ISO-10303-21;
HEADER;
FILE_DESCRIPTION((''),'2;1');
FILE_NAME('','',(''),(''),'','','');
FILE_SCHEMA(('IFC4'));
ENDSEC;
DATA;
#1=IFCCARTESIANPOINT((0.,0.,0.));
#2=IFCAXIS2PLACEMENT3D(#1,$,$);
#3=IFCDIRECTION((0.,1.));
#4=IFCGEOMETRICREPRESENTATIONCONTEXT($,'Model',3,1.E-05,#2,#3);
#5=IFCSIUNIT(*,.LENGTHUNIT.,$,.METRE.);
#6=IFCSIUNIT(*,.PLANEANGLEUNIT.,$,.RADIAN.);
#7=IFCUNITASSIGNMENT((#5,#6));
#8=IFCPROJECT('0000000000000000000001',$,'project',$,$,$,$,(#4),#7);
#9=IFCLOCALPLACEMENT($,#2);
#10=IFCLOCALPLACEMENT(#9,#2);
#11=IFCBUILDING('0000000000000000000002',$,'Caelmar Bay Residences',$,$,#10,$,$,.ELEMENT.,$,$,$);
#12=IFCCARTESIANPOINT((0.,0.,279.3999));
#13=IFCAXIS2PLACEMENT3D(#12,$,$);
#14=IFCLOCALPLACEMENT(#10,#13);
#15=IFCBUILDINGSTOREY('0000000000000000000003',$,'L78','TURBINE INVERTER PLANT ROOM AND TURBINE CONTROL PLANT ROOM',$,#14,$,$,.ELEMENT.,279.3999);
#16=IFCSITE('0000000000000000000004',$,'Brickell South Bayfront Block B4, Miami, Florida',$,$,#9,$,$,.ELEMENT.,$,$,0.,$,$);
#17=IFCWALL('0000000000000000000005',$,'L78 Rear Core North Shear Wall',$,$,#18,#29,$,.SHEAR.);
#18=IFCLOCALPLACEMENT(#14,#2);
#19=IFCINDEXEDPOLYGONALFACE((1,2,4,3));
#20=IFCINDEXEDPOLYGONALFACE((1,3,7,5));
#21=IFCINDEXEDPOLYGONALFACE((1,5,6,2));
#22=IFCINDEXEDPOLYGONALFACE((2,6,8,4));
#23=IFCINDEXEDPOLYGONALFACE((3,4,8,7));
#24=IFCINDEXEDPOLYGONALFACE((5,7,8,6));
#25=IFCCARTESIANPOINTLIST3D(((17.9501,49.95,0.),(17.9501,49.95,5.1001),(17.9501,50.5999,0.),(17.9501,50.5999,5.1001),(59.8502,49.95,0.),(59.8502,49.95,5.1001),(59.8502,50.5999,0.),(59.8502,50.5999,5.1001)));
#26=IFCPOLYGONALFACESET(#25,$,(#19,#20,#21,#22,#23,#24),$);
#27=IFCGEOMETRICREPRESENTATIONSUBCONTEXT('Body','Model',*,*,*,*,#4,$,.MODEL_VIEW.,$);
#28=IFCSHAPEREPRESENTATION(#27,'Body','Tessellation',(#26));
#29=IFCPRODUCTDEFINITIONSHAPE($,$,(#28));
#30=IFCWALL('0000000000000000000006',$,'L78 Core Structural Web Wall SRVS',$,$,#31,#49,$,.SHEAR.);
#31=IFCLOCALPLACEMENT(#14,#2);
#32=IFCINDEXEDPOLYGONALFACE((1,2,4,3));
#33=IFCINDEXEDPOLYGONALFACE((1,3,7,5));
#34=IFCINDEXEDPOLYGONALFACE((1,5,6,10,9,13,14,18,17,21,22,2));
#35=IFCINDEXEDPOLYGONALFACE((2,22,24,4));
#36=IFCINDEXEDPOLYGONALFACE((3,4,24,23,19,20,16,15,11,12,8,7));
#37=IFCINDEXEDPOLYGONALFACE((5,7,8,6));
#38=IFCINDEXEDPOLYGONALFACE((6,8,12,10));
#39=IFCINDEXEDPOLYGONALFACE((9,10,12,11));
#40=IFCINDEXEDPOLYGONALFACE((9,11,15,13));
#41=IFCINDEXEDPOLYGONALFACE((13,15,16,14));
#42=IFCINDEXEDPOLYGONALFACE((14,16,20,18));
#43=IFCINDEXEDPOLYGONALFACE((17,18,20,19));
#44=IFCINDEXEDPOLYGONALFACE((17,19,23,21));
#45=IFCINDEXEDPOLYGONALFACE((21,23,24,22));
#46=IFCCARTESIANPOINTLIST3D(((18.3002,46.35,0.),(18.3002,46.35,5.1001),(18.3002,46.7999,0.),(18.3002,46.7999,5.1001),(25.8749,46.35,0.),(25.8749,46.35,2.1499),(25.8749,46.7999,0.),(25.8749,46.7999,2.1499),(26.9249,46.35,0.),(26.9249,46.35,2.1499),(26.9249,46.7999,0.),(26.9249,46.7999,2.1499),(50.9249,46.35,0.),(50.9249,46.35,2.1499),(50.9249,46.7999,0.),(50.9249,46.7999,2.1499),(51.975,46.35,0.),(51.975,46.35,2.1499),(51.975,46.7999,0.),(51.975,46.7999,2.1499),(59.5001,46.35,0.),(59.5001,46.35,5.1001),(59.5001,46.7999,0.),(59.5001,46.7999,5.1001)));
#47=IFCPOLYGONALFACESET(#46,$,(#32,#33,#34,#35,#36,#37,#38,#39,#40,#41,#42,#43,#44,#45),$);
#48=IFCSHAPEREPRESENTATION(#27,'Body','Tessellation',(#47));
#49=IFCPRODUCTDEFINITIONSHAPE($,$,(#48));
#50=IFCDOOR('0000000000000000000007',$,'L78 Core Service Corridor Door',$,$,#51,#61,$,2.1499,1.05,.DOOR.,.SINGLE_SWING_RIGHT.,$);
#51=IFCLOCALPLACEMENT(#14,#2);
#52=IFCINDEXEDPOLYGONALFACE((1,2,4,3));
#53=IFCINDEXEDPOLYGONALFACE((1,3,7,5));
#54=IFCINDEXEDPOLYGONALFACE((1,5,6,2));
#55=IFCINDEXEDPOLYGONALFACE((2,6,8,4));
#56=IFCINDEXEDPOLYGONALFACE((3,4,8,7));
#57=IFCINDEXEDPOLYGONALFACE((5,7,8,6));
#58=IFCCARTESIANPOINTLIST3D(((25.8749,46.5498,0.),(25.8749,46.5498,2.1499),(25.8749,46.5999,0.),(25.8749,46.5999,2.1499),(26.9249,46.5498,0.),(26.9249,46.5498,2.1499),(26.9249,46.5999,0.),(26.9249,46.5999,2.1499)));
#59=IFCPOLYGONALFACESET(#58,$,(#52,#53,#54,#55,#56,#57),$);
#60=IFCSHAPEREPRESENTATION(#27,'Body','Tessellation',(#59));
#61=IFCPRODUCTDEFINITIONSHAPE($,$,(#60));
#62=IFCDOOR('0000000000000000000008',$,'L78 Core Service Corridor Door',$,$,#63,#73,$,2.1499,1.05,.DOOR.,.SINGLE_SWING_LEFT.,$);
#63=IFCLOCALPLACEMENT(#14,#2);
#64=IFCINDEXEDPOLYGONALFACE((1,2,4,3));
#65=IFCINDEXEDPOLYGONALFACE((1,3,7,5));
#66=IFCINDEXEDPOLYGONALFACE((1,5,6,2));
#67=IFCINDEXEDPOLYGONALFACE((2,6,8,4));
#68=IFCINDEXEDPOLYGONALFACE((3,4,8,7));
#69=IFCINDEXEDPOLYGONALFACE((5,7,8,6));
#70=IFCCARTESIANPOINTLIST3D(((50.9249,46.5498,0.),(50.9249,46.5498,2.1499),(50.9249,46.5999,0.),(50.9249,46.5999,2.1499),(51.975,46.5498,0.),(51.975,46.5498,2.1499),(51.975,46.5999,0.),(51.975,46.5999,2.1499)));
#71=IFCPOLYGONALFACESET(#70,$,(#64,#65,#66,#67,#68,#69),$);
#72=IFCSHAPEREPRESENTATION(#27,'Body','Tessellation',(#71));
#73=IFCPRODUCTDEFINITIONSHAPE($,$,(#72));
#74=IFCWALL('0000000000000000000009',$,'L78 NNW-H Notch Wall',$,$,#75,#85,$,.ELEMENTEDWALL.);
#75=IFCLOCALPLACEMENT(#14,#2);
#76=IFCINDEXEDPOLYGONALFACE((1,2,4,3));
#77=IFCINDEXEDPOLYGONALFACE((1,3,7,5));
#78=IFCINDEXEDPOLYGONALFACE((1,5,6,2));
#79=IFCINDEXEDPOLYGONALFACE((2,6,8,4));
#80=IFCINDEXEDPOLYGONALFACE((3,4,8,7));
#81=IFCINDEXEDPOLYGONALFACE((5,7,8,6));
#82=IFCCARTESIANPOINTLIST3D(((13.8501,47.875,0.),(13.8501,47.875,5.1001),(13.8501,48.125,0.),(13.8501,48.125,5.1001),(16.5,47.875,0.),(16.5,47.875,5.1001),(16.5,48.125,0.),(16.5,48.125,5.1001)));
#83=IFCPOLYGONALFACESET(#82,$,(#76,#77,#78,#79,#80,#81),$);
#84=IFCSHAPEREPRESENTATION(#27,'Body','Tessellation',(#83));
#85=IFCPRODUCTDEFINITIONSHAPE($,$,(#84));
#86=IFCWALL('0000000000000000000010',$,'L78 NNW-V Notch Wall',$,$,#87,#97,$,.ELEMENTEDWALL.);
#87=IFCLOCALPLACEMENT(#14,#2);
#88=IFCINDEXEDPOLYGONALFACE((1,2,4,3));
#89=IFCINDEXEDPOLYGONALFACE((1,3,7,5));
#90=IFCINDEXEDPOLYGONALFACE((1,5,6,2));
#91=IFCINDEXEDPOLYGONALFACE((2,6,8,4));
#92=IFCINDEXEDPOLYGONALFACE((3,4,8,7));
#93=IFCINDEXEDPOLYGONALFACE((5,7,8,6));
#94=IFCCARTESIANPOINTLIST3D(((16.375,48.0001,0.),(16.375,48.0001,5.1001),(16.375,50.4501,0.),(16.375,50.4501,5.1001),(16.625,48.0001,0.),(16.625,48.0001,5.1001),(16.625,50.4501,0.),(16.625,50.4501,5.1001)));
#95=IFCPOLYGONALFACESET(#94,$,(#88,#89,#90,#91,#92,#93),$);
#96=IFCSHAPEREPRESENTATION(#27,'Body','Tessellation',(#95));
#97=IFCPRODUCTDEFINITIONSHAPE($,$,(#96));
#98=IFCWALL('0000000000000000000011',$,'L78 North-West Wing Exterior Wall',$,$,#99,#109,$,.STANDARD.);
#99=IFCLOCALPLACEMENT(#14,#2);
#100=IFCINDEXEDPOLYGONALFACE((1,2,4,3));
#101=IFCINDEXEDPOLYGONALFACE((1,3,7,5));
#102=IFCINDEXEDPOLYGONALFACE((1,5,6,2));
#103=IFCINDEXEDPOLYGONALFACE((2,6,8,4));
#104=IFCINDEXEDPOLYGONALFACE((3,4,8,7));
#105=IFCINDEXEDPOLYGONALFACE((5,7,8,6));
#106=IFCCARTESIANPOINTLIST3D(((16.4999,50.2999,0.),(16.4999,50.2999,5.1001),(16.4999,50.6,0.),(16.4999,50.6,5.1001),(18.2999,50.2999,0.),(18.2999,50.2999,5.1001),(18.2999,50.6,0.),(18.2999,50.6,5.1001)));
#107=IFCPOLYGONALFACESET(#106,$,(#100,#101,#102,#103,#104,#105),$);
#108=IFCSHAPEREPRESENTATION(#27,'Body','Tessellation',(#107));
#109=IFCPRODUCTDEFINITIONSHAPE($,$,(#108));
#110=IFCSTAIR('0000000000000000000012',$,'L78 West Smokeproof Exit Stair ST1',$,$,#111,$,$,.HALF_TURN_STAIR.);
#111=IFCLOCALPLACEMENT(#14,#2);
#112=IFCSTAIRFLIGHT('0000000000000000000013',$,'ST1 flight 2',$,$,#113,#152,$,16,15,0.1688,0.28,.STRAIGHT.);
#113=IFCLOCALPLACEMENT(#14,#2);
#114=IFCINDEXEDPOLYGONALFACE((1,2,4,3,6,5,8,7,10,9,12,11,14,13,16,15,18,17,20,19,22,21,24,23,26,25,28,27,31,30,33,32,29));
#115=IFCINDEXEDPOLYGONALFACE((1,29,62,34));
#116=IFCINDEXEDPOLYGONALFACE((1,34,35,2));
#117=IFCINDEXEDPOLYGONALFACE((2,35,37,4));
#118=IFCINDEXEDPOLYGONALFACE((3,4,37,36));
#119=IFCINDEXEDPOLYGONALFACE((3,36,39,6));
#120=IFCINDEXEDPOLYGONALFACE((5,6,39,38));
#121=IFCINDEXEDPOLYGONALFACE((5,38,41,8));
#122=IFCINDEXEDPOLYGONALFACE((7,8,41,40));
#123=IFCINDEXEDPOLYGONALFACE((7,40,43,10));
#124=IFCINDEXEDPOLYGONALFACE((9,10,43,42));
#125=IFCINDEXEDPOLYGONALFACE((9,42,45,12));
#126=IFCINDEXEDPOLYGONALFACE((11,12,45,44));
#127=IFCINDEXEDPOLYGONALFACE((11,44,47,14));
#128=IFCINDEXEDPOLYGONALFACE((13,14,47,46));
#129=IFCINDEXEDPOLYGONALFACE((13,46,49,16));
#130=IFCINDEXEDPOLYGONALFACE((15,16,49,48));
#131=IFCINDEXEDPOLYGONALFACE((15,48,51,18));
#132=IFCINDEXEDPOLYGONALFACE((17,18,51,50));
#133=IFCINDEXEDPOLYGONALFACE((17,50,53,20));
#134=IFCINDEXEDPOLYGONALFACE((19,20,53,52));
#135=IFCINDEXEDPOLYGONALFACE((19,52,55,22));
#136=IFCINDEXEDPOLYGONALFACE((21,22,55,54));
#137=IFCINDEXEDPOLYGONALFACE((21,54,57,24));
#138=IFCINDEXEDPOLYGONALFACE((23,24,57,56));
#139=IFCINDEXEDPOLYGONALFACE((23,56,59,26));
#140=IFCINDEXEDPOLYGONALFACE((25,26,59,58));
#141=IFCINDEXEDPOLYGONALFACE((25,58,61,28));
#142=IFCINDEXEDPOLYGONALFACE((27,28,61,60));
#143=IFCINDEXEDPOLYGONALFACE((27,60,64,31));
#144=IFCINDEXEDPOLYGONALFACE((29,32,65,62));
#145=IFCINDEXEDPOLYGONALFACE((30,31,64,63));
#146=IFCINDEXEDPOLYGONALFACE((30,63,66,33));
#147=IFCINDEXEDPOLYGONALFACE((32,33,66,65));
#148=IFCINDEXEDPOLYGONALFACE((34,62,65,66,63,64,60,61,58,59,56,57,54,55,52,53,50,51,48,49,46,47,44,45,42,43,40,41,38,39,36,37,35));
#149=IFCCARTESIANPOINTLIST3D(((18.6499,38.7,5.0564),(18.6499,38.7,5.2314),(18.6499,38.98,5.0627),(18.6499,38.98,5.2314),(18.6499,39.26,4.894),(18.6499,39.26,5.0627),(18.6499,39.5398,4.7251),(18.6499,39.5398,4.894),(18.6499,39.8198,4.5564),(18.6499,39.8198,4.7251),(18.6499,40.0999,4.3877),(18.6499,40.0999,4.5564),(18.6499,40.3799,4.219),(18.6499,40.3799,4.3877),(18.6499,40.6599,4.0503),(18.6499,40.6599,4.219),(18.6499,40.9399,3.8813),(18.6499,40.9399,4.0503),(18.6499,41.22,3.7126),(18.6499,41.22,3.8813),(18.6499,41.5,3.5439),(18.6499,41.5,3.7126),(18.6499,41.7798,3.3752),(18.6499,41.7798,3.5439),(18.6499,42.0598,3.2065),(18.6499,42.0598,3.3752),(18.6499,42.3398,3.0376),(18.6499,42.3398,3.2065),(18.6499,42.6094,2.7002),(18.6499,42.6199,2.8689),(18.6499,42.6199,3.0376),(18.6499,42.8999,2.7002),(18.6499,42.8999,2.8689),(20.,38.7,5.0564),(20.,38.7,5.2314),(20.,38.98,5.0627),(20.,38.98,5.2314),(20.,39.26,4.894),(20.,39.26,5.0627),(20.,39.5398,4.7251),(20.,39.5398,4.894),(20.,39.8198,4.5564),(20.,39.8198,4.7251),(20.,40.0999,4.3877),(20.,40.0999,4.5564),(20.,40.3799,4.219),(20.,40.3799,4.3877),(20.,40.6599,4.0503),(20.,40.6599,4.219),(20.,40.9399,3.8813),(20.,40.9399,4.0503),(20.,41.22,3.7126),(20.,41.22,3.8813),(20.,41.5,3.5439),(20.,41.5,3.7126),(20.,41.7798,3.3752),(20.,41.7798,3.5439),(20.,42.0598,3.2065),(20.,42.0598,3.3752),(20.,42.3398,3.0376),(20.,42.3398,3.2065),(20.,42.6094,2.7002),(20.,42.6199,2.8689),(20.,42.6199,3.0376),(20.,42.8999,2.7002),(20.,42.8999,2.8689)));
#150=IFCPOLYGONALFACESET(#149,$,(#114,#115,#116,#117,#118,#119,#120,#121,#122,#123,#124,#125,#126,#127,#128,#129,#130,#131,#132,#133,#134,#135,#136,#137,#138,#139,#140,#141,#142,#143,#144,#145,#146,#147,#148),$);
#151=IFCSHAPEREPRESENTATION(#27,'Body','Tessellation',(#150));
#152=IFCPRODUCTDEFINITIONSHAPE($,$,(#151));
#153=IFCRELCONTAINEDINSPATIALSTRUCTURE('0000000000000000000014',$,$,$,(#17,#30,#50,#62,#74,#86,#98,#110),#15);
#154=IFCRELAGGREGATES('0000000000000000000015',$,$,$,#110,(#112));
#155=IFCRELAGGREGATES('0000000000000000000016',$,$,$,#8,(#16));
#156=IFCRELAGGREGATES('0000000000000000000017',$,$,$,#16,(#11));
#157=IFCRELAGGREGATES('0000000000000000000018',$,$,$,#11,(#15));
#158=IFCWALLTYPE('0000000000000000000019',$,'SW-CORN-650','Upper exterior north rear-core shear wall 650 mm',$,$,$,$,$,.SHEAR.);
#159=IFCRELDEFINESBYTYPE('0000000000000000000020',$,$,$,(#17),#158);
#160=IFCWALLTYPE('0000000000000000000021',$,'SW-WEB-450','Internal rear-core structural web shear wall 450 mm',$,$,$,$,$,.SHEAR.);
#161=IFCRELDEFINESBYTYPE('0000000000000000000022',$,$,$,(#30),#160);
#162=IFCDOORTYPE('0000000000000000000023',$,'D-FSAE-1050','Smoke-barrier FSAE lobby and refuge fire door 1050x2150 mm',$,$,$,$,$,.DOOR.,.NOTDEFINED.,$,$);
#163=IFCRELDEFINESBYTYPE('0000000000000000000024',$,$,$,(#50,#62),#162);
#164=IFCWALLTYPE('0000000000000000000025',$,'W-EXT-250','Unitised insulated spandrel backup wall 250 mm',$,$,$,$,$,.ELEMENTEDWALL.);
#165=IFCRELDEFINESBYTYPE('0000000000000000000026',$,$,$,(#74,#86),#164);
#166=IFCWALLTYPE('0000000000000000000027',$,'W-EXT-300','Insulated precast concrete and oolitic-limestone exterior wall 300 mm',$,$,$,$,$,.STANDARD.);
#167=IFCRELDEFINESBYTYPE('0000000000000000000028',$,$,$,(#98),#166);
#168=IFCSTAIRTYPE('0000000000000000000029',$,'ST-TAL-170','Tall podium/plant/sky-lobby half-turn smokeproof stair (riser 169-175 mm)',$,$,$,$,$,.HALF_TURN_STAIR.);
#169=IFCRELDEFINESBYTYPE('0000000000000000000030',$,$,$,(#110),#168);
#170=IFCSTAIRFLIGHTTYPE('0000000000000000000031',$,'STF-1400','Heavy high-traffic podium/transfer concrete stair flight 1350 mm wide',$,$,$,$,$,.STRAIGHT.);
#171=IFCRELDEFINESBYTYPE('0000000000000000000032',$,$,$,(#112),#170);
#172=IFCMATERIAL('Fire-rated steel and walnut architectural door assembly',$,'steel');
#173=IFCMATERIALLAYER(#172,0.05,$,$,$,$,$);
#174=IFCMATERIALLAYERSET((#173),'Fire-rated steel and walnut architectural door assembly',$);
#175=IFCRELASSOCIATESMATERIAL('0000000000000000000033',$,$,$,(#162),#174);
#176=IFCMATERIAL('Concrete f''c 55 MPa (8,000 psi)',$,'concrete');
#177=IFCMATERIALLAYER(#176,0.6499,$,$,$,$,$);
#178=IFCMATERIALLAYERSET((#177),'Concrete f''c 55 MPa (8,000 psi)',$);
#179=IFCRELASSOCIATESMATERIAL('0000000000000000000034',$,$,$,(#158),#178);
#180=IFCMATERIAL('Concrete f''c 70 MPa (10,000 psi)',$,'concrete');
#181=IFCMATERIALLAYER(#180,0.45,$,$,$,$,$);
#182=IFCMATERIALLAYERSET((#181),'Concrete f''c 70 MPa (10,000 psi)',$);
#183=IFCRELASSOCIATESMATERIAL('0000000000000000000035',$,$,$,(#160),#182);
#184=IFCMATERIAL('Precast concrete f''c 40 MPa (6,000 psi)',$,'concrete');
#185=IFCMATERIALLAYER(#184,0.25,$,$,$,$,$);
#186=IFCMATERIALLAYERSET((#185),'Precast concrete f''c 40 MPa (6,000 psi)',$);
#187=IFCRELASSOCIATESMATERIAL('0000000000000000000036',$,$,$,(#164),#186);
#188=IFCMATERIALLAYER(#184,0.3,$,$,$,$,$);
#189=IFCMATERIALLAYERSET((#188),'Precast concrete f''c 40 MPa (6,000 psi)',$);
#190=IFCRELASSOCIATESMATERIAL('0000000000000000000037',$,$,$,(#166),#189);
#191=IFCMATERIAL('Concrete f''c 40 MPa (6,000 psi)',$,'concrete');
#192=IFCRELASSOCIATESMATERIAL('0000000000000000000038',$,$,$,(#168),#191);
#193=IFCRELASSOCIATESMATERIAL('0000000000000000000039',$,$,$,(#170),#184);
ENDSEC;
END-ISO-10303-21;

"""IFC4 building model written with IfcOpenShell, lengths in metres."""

from ifc_helpers import new_model, si_unit, direction, frame, frame_2d, origin, place, context, subcontext, project, spatial, polyline, rectangle, outline, extrude, material, layer, layer_set, type_object, element, fill, aggregate, save


model = new_model("IFC4")

# Units and contexts
model_context = context("Model", 3, precision=1e-05, world=origin(), true_north=direction((0.0, 1.0)))
body_context = subcontext(model_context, "Body", "Model", "MODEL_VIEW")
ifc_project = project(units=[si_unit("LENGTHUNIT", "METRE"), si_unit("PLANEANGLEUNIT", "RADIAN")], contexts=[model_context])

# Site, building, storey
site_placement = place(None, origin())
site = spatial("IfcSite", under=ifc_project, at=site_placement, Name="Brickell South Bayfront Block B4, Miami, Florida", CompositionType="ELEMENT", RefElevation=0.0)
building_placement = place(site_placement, origin())
building = spatial("IfcBuilding", under=site, at=building_placement, Name="Caelmar Bay Residences", CompositionType="ELEMENT")
storey_placement = place(building_placement, frame((0.0, 0.0, 279.3999)))
storey = spatial("IfcBuildingStorey", under=building, at=storey_placement, Name="L78", Description="TURBINE INVERTER PLANT ROOM AND TURBINE CONTROL PLANT ROOM", CompositionType="ELEMENT", Elevation=279.3999)

# Shared definitions
ifc_material_1 = material(Name="Concrete f'c 55 MPa (8,000 psi)", Category="concrete")
ifc_material_2 = material(Name="Fire-rated steel and walnut architectural door assembly", Category="steel")
ifc_layer_1 = layer(ifc_material_2, 0.05)
ifc_layer_set_1 = layer_set([ifc_layer_1], Name="Fire-rated steel and walnut architectural door assembly")
door_type_1 = type_object("IfcDoorType", Name="D-FSAE-1050", Description="Smoke-barrier FSAE lobby and refuge fire door 1050x2150 mm", OperationType="NOTDEFINED", PredefinedType="DOOR", material=ifc_layer_set_1)

# Wall
ifc_layer_2 = layer(ifc_material_1, 0.6499)
ifc_layer_set_2 = layer_set([ifc_layer_2], Name="Concrete f'c 55 MPa (8,000 psi)")
wall_type_1 = type_object("IfcWallType", Name="SW-CORN-650", Description="Upper exterior north rear-core shear wall 650 mm", PredefinedType="SHEAR", material=ifc_layer_set_2)
wall_1_placement = place(storey_placement, frame((17.95, 50.2749, 0.0), z_axis=(0.0, 0.0, 1.0), x_axis=(1.0, 0.0, 0.0)))
element("IfcWall", 1, at=wall_1_placement, inside=storey, type_object=wall_type_1, Name="L78 Rear Core North Shear Wall", PredefinedType="SHEAR", context=body_context, shape_type="SweptSolid", body=[
    extrude(rectangle(XDim=41.9001, YDim=0.6499, at=frame_2d((20.9502, 0.0))), origin(), (0.0, 0.0, 1.0), 5.1001),
])

# Wall, openings, doors
ifc_material_3 = material(Name="Concrete f'c 70 MPa (10,000 psi)", Category="concrete")
ifc_layer_3 = layer(ifc_material_3, 0.45)
ifc_layer_set_3 = layer_set([ifc_layer_3], Name="Concrete f'c 70 MPa (10,000 psi)")
wall_type_2 = type_object("IfcWallType", Name="SW-WEB-450", Description="Internal rear-core structural web shear wall 450 mm", PredefinedType="SHEAR", material=ifc_layer_set_3)
wall_2_placement = place(storey_placement, frame((18.3, 46.575, 0.0), z_axis=(0.0, 0.0, 1.0), x_axis=(1.0, 0.0, 0.0)))
wall_2 = element("IfcWall", 2, at=wall_2_placement, inside=storey, type_object=wall_type_2, Name="L78 Core Structural Web Wall SRVS", PredefinedType="SHEAR", context=body_context, shape_type="SweptSolid", body=[
    extrude(rectangle(XDim=41.2, YDim=0.45, at=frame_2d((20.6001, 0.0))), origin(), (0.0, 0.0, 1.0), 5.1001),
])
opening_1_placement = place(wall_2_placement, frame((7.575, 0.0, 0.0)))
opening_1 = element("IfcOpeningElement", 3, at=opening_1_placement, cuts=wall_2, PredefinedType="OPENING", context=body_context, shape_type="SweptSolid", body=[
    extrude(rectangle(XDim=1.05, YDim=2.1499, at=frame_2d((0.5249, 1.075))), frame((0.0, 0.2349, 0.0), z_axis=(0.0, -1.0, 0.0), x_axis=(1.0, 0.0, 0.0)), (0.0, 0.0, 1.0), 0.47),
])
opening_2_placement = place(wall_2_placement, frame((32.625, 0.0, 0.0)))
opening_2 = element("IfcOpeningElement", 4, at=opening_2_placement, cuts=wall_2, PredefinedType="OPENING", context=body_context, shape_type="SweptSolid", body=[
    extrude(rectangle(XDim=1.05, YDim=2.1499, at=frame_2d((0.5249, 1.075))), frame((0.0, 0.2349, 0.0), z_axis=(0.0, -1.0, 0.0), x_axis=(1.0, 0.0, 0.0)), (0.0, 0.0, 1.0), 0.47),
])
door_1_placement = place(opening_1_placement, origin())
door_1 = element("IfcDoor", 5, at=door_1_placement, inside=storey, type_object=door_type_1, Name="L78 Core Service Corridor Door", OperationType="SINGLE_SWING_RIGHT", OverallHeight=2.1499, OverallWidth=1.05, PredefinedType="DOOR", context=body_context, shape_type="SweptSolid", body=[
    extrude(rectangle(XDim=1.05, YDim=2.1499, at=frame_2d((0.5249, 1.075))), frame((0.0, 0.0249, 0.0), z_axis=(0.0, -1.0, 0.0), x_axis=(1.0, 0.0, 0.0)), (0.0, 0.0, 1.0), 0.05),
])
fill(opening_1, door_1)
door_2_placement = place(opening_2_placement, origin())
door_2 = element("IfcDoor", 6, at=door_2_placement, inside=storey, type_object=door_type_1, Name="L78 Core Service Corridor Door", OperationType="SINGLE_SWING_LEFT", OverallHeight=2.1499, OverallWidth=1.05, PredefinedType="DOOR", context=body_context, shape_type="SweptSolid", body=[
    extrude(rectangle(XDim=1.05, YDim=2.1499, at=frame_2d((0.5249, 1.075))), frame((0.0, 0.0249, 0.0), z_axis=(0.0, -1.0, 0.0), x_axis=(1.0, 0.0, 0.0)), (0.0, 0.0, 1.0), 0.05),
])
fill(opening_2, door_2)

# Walls
ifc_material_4 = material(Name="Precast concrete f'c 40 MPa (6,000 psi)", Category="concrete")
ifc_layer_4 = layer(ifc_material_4, 0.25)
ifc_layer_set_4 = layer_set([ifc_layer_4], Name="Precast concrete f'c 40 MPa (6,000 psi)")
wall_type_3 = type_object("IfcWallType", Name="W-EXT-250", Description="Unitised insulated spandrel backup wall 250 mm", PredefinedType="ELEMENTEDWALL", material=ifc_layer_set_4)
wall_3_placement = place(storey_placement, frame((13.8501, 48.0, 0.0), z_axis=(0.0, 0.0, 1.0), x_axis=(1.0, 0.0, 0.0)))
element("IfcWall", 7, at=wall_3_placement, inside=storey, type_object=wall_type_3, Name="L78 NNW-H Notch Wall", PredefinedType="ELEMENTEDWALL", context=body_context, shape_type="SweptSolid", body=[
    extrude(rectangle(XDim=2.6499, YDim=0.25, at=frame_2d((1.325, 0.0))), origin(), (0.0, 0.0, 1.0), 5.1001),
])
wall_4_placement = place(storey_placement, frame((16.5, 48.0, 0.0), z_axis=(0.0, 0.0, 1.0), x_axis=(0.0, 1.0, 0.0)))
element("IfcWall", 8, at=wall_4_placement, inside=storey, type_object=wall_type_3, Name="L78 NNW-V Notch Wall", PredefinedType="ELEMENTEDWALL", context=body_context, shape_type="SweptSolid", body=[
    extrude(rectangle(XDim=2.45, YDim=0.25, at=frame_2d((1.2251, 0.0))), origin(), (0.0, 0.0, 1.0), 5.1001),
])
ifc_layer_5 = layer(ifc_material_4, 0.3)
ifc_layer_set_5 = layer_set([ifc_layer_5], Name="Precast concrete f'c 40 MPa (6,000 psi)")
wall_type_4 = type_object("IfcWallType", Name="W-EXT-300", Description="Insulated precast concrete and oolitic-limestone exterior wall 300 mm", PredefinedType="STANDARD", material=ifc_layer_set_5)
wall_5_placement = place(storey_placement, frame((16.5, 50.45, 0.0), z_axis=(0.0, 0.0, 1.0), x_axis=(1.0, 0.0, 0.0)))
element("IfcWall", 9, at=wall_5_placement, inside=storey, type_object=wall_type_4, Name="L78 North-West Wing Exterior Wall", PredefinedType="STANDARD", context=body_context, shape_type="SweptSolid", body=[
    extrude(rectangle(XDim=1.8, YDim=0.3, at=frame_2d((0.8999, 0.0))), origin(), (0.0, 0.0, 1.0), 5.1001),
])

# Stair, stair flight
ifc_material_5 = material(Name="Concrete f'c 40 MPa (6,000 psi)", Category="concrete")
stair_type = type_object("IfcStairType", Name="ST-TAL-170", Description="Tall podium/plant/sky-lobby half-turn smokeproof stair (riser 169-175 mm)", PredefinedType="HALF_TURN_STAIR", material=ifc_material_5)
stair_placement = place(storey_placement, origin())
stair = element("IfcStair", 10, at=stair_placement, inside=storey, type_object=stair_type, Name="L78 West Smokeproof Exit Stair ST1", PredefinedType="HALF_TURN_STAIR")
stair_flight_type = type_object("IfcStairFlightType", Name="STF-1400", Description="Heavy high-traffic podium/transfer concrete stair flight 1350 mm wide", PredefinedType="STRAIGHT", material=ifc_material_4)
stair_flight_placement = place(storey_placement, frame((19.325, 42.8999, 2.7002), z_axis=(0.0, 0.0, 1.0), x_axis=(0.0, -1.0, 0.0)))
stair_flight = element("IfcStairFlight", 11, at=stair_flight_placement, type_object=stair_flight_type, Name="ST1 flight 2", NumberOfRisers=16, NumberOfTreads=15, PredefinedType="STRAIGHT", RiserHeight=0.1688, TreadLength=0.28, context=body_context, shape_type="SweptSolid", body=[
    extrude(outline(polyline([(0.0, 0.0), (0.0, 0.1687), (0.28, 0.1687), (0.28, 0.3374), (0.5601, 0.3374), (0.5601, 0.5063), (0.8401, 0.5063), (0.8401, 0.675), (1.1201, 0.675), (1.1201, 0.8438), (1.3999, 0.8438), (1.3999, 1.0125), (1.6799, 1.0125), (1.6799, 1.1812), (1.96, 1.1812), (1.96, 1.3501), (2.24, 1.3501), (2.24, 1.5188), (2.52, 1.5188), (2.52, 1.6875), (2.8, 1.6875), (2.8, 1.8562), (3.0801, 1.8562), (3.0801, 2.0249), (3.3601, 2.0249), (3.3601, 2.1938), (3.6399, 2.1938), (3.6399, 2.3625), (3.9199, 2.3625), (3.9199, 2.5312), (4.2, 2.5312), (4.2, 2.7), (4.2, 2.3562), (0.2905, 0.0), (0.0, 0.0)])), frame((0.0, 0.675, 0.0), z_axis=(0.0, -1.0, 0.0), x_axis=(1.0, 0.0, 0.0)), (0.0, 0.0, 1.0), 1.3501),
])
aggregate(stair, [stair_flight])

save(model, "model.ifc")
